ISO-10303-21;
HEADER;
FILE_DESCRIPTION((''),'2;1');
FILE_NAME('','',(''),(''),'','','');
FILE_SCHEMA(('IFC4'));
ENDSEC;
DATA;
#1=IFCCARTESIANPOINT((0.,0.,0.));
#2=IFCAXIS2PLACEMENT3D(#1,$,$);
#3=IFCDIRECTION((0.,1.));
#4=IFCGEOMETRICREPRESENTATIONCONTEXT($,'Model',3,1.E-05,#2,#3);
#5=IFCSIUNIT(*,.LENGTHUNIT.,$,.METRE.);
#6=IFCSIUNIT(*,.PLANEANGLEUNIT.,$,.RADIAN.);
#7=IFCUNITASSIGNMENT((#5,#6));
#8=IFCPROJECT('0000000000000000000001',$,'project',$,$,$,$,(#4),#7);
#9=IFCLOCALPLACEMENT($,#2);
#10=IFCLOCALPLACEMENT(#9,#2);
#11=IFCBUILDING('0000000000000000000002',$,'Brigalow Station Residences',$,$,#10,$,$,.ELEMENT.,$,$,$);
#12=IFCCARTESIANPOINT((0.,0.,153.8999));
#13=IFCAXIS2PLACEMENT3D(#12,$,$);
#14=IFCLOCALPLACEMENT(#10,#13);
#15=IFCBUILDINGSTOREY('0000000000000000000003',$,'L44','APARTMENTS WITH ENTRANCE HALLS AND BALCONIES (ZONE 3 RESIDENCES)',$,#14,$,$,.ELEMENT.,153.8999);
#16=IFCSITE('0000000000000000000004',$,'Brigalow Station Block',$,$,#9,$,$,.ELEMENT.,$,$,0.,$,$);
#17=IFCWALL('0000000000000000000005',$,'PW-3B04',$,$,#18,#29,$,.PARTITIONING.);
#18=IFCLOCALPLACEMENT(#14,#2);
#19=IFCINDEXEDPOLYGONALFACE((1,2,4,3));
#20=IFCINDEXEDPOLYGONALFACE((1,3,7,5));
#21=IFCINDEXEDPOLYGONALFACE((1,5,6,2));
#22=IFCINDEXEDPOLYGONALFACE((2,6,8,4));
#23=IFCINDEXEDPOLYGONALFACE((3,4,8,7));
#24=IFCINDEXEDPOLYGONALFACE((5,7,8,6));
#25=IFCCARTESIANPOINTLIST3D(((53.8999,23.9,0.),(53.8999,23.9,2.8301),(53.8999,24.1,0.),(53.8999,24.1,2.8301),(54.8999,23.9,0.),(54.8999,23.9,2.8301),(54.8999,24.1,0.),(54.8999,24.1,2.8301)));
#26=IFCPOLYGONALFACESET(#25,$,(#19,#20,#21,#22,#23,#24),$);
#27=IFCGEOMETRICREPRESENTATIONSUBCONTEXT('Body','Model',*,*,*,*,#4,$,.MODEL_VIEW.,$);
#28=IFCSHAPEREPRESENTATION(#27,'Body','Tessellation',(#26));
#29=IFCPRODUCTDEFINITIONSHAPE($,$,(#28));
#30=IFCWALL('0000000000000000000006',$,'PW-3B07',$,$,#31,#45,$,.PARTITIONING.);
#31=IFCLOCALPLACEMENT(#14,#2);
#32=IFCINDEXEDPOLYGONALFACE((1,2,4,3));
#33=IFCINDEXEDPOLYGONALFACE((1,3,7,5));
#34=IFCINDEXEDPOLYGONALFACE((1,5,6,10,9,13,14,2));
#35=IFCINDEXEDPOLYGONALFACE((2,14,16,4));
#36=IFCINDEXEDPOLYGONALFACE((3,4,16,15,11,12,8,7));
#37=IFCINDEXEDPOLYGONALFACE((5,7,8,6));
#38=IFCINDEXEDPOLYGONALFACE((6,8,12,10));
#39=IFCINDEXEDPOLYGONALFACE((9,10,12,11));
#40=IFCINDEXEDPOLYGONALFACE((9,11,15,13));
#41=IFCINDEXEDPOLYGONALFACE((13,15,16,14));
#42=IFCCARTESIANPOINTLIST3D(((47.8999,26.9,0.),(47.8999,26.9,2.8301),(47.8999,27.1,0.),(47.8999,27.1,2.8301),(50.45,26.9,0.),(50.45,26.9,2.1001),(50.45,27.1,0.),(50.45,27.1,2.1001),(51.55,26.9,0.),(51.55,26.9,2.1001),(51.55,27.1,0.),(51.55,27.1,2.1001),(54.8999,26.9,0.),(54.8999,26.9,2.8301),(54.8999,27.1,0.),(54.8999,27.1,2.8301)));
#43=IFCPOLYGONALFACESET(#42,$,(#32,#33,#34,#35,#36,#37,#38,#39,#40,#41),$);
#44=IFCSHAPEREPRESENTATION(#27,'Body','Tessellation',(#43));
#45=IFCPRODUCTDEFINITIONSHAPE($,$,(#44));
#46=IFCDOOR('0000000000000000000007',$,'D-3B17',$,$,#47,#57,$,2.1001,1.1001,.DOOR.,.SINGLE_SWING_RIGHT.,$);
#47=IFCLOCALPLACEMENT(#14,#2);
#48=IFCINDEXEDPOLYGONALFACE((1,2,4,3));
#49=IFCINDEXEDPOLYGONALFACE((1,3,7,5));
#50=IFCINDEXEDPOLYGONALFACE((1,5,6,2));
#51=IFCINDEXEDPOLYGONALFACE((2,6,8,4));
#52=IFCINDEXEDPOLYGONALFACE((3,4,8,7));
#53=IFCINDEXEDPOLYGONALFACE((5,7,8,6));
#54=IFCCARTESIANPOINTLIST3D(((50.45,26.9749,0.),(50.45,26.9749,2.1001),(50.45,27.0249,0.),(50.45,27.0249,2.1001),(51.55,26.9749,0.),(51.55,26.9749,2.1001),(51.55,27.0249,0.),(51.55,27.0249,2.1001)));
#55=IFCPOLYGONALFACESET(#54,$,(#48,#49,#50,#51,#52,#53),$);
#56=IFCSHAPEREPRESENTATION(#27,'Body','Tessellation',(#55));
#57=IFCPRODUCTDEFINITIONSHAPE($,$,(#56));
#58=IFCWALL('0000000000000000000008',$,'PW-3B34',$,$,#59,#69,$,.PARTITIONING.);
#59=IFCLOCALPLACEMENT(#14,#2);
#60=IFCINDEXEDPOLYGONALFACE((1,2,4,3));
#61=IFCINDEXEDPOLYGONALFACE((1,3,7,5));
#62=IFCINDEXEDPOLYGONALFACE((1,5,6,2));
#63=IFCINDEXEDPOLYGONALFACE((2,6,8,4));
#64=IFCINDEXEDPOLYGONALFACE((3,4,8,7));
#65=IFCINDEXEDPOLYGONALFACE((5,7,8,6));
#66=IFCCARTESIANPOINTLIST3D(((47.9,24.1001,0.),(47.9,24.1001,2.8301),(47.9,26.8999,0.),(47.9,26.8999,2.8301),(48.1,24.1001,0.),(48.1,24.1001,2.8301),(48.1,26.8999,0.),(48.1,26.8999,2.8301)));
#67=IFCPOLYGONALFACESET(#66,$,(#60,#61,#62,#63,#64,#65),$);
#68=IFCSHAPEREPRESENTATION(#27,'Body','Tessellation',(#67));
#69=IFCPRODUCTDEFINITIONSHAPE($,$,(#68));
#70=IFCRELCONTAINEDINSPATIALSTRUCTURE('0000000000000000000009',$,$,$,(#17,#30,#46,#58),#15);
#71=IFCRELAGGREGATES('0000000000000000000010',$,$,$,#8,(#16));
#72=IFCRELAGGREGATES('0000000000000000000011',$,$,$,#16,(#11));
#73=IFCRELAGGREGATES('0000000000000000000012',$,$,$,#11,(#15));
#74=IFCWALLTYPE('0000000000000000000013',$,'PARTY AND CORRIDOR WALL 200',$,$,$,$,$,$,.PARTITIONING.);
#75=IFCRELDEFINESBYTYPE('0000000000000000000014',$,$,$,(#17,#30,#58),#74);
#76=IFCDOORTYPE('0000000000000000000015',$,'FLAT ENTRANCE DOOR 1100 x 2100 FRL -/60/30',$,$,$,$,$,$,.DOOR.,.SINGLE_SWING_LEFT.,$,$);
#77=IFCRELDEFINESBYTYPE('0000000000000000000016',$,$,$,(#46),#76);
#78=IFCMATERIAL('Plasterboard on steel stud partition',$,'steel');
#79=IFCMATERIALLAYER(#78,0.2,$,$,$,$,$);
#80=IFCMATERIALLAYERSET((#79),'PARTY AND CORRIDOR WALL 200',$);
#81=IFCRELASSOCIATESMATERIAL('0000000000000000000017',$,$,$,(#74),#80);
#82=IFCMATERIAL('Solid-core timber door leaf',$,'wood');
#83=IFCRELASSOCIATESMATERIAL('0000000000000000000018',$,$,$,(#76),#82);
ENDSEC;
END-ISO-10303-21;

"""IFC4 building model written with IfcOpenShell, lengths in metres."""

from ifc_helpers import new_model, si_unit, direction, frame, frame_2d, origin, place, context, subcontext, project, spatial, rectangle, extrude, material, layer, layer_set, type_object, element, fill, save


model = new_model("IFC4")

# Units and contexts
model_context = context("Model", 3, precision=1e-05, world=origin(), true_north=direction((0.0, 1.0)))
body_context = subcontext(model_context, "Body", "Model", "MODEL_VIEW")
ifc_project = project(units=[si_unit("LENGTHUNIT", "METRE"), si_unit("PLANEANGLEUNIT", "RADIAN")], contexts=[model_context])

# Site, building, storey
site_placement = place(None, origin())
site = spatial("IfcSite", under=ifc_project, at=site_placement, Name="Brigalow Station Block", CompositionType="ELEMENT", RefElevation=0.0)
building_placement = place(site_placement, origin())
building = spatial("IfcBuilding", under=site, at=building_placement, Name="Brigalow Station Residences", CompositionType="ELEMENT")
storey_placement = place(building_placement, frame((0.0, 0.0, 153.8999)))
storey = spatial("IfcBuildingStorey", under=building, at=storey_placement, Name="L44", Description="APARTMENTS WITH ENTRANCE HALLS AND BALCONIES (ZONE 3 RESIDENCES)", CompositionType="ELEMENT", Elevation=153.8999)

# Wall
ifc_material_1 = material(Name="Plasterboard on steel stud partition", Category="steel")
ifc_layer_1 = layer(ifc_material_1, 0.2)
ifc_layer_set_1 = layer_set([ifc_layer_1], Name="PARTY AND CORRIDOR WALL 200")
wall_type_1 = type_object("IfcWallType", Name="PARTY AND CORRIDOR WALL 200", PredefinedType="PARTITIONING", material=ifc_layer_set_1)
wall_1_placement = place(storey_placement, frame((53.8999, 24.0, 0.0), z_axis=(0.0, 0.0, 1.0), x_axis=(1.0, 0.0, 0.0)))
element("IfcWall", 1, at=wall_1_placement, inside=storey, type_object=wall_type_1, Name="PW-3B04", PredefinedType="PARTITIONING", context=body_context, shape_type="SweptSolid", body=[
    extrude(rectangle(XDim=1.0, YDim=0.2, at=frame_2d((0.5, 0.0))), origin(), (0.0, 0.0, 1.0), 2.8301),
])

# Wall, opening, door
wall_2_placement = place(storey_placement, frame((47.8999, 27.0, 0.0), z_axis=(0.0, 0.0, 1.0), x_axis=(1.0, 0.0, 0.0)))
wall_2 = element("IfcWall", 2, at=wall_2_placement, inside=storey, type_object=wall_type_1, Name="PW-3B07", PredefinedType="PARTITIONING", context=body_context, shape_type="SweptSolid", body=[
    extrude(rectangle(XDim=7.0, YDim=0.2, at=frame_2d((3.5, 0.0))), origin(), (0.0, 0.0, 1.0), 2.8301),
])
opening_1_placement = place(wall_2_placement, frame((2.55, 0.0, 0.0)))
opening_1 = element("IfcOpeningElement", 3, at=opening_1_placement, cuts=wall_2, PredefinedType="OPENING", context=body_context, shape_type="SweptSolid", body=[
    extrude(rectangle(XDim=1.1001, YDim=2.1001, at=frame_2d((0.55, 1.05))), frame((0.0, 0.1099, 0.0), z_axis=(0.0, -1.0, 0.0), x_axis=(1.0, 0.0, 0.0)), (0.0, 0.0, 1.0), 0.22),
])
ifc_material_2 = material(Name="Solid-core timber door leaf", Category="wood")
door_type_1 = type_object("IfcDoorType", Name="FLAT ENTRANCE DOOR 1100 x 2100 FRL -/60/30", OperationType="SINGLE_SWING_LEFT", PredefinedType="DOOR", material=ifc_material_2)
door_1_placement = place(opening_1_placement, origin())
door_1 = element("IfcDoor", 4, at=door_1_placement, inside=storey, type_object=door_type_1, Name="D-3B17", OperationType="SINGLE_SWING_RIGHT", OverallHeight=2.1001, OverallWidth=1.1001, PredefinedType="DOOR", context=body_context, shape_type="SweptSolid", body=[
    extrude(rectangle(XDim=1.1001, YDim=2.1001, at=frame_2d((0.55, 1.05))), frame((0.0, 0.0249, 0.0), z_axis=(0.0, -1.0, 0.0), x_axis=(1.0, 0.0, 0.0)), (0.0, 0.0, 1.0), 0.05),
])
fill(opening_1, door_1)

# Wall
wall_3_placement = place(storey_placement, frame((48.0, 24.1001, 0.0), z_axis=(0.0, 0.0, 1.0), x_axis=(0.0, 1.0, 0.0)))
element("IfcWall", 5, at=wall_3_placement, inside=storey, type_object=wall_type_1, Name="PW-3B34", PredefinedType="PARTITIONING", context=body_context, shape_type="SweptSolid", body=[
    extrude(rectangle(XDim=2.7998, YDim=0.2, at=frame_2d((1.3999, 0.0))), origin(), (0.0, 0.0, 1.0), 2.8301),
])

save(model, "model.ifc")
